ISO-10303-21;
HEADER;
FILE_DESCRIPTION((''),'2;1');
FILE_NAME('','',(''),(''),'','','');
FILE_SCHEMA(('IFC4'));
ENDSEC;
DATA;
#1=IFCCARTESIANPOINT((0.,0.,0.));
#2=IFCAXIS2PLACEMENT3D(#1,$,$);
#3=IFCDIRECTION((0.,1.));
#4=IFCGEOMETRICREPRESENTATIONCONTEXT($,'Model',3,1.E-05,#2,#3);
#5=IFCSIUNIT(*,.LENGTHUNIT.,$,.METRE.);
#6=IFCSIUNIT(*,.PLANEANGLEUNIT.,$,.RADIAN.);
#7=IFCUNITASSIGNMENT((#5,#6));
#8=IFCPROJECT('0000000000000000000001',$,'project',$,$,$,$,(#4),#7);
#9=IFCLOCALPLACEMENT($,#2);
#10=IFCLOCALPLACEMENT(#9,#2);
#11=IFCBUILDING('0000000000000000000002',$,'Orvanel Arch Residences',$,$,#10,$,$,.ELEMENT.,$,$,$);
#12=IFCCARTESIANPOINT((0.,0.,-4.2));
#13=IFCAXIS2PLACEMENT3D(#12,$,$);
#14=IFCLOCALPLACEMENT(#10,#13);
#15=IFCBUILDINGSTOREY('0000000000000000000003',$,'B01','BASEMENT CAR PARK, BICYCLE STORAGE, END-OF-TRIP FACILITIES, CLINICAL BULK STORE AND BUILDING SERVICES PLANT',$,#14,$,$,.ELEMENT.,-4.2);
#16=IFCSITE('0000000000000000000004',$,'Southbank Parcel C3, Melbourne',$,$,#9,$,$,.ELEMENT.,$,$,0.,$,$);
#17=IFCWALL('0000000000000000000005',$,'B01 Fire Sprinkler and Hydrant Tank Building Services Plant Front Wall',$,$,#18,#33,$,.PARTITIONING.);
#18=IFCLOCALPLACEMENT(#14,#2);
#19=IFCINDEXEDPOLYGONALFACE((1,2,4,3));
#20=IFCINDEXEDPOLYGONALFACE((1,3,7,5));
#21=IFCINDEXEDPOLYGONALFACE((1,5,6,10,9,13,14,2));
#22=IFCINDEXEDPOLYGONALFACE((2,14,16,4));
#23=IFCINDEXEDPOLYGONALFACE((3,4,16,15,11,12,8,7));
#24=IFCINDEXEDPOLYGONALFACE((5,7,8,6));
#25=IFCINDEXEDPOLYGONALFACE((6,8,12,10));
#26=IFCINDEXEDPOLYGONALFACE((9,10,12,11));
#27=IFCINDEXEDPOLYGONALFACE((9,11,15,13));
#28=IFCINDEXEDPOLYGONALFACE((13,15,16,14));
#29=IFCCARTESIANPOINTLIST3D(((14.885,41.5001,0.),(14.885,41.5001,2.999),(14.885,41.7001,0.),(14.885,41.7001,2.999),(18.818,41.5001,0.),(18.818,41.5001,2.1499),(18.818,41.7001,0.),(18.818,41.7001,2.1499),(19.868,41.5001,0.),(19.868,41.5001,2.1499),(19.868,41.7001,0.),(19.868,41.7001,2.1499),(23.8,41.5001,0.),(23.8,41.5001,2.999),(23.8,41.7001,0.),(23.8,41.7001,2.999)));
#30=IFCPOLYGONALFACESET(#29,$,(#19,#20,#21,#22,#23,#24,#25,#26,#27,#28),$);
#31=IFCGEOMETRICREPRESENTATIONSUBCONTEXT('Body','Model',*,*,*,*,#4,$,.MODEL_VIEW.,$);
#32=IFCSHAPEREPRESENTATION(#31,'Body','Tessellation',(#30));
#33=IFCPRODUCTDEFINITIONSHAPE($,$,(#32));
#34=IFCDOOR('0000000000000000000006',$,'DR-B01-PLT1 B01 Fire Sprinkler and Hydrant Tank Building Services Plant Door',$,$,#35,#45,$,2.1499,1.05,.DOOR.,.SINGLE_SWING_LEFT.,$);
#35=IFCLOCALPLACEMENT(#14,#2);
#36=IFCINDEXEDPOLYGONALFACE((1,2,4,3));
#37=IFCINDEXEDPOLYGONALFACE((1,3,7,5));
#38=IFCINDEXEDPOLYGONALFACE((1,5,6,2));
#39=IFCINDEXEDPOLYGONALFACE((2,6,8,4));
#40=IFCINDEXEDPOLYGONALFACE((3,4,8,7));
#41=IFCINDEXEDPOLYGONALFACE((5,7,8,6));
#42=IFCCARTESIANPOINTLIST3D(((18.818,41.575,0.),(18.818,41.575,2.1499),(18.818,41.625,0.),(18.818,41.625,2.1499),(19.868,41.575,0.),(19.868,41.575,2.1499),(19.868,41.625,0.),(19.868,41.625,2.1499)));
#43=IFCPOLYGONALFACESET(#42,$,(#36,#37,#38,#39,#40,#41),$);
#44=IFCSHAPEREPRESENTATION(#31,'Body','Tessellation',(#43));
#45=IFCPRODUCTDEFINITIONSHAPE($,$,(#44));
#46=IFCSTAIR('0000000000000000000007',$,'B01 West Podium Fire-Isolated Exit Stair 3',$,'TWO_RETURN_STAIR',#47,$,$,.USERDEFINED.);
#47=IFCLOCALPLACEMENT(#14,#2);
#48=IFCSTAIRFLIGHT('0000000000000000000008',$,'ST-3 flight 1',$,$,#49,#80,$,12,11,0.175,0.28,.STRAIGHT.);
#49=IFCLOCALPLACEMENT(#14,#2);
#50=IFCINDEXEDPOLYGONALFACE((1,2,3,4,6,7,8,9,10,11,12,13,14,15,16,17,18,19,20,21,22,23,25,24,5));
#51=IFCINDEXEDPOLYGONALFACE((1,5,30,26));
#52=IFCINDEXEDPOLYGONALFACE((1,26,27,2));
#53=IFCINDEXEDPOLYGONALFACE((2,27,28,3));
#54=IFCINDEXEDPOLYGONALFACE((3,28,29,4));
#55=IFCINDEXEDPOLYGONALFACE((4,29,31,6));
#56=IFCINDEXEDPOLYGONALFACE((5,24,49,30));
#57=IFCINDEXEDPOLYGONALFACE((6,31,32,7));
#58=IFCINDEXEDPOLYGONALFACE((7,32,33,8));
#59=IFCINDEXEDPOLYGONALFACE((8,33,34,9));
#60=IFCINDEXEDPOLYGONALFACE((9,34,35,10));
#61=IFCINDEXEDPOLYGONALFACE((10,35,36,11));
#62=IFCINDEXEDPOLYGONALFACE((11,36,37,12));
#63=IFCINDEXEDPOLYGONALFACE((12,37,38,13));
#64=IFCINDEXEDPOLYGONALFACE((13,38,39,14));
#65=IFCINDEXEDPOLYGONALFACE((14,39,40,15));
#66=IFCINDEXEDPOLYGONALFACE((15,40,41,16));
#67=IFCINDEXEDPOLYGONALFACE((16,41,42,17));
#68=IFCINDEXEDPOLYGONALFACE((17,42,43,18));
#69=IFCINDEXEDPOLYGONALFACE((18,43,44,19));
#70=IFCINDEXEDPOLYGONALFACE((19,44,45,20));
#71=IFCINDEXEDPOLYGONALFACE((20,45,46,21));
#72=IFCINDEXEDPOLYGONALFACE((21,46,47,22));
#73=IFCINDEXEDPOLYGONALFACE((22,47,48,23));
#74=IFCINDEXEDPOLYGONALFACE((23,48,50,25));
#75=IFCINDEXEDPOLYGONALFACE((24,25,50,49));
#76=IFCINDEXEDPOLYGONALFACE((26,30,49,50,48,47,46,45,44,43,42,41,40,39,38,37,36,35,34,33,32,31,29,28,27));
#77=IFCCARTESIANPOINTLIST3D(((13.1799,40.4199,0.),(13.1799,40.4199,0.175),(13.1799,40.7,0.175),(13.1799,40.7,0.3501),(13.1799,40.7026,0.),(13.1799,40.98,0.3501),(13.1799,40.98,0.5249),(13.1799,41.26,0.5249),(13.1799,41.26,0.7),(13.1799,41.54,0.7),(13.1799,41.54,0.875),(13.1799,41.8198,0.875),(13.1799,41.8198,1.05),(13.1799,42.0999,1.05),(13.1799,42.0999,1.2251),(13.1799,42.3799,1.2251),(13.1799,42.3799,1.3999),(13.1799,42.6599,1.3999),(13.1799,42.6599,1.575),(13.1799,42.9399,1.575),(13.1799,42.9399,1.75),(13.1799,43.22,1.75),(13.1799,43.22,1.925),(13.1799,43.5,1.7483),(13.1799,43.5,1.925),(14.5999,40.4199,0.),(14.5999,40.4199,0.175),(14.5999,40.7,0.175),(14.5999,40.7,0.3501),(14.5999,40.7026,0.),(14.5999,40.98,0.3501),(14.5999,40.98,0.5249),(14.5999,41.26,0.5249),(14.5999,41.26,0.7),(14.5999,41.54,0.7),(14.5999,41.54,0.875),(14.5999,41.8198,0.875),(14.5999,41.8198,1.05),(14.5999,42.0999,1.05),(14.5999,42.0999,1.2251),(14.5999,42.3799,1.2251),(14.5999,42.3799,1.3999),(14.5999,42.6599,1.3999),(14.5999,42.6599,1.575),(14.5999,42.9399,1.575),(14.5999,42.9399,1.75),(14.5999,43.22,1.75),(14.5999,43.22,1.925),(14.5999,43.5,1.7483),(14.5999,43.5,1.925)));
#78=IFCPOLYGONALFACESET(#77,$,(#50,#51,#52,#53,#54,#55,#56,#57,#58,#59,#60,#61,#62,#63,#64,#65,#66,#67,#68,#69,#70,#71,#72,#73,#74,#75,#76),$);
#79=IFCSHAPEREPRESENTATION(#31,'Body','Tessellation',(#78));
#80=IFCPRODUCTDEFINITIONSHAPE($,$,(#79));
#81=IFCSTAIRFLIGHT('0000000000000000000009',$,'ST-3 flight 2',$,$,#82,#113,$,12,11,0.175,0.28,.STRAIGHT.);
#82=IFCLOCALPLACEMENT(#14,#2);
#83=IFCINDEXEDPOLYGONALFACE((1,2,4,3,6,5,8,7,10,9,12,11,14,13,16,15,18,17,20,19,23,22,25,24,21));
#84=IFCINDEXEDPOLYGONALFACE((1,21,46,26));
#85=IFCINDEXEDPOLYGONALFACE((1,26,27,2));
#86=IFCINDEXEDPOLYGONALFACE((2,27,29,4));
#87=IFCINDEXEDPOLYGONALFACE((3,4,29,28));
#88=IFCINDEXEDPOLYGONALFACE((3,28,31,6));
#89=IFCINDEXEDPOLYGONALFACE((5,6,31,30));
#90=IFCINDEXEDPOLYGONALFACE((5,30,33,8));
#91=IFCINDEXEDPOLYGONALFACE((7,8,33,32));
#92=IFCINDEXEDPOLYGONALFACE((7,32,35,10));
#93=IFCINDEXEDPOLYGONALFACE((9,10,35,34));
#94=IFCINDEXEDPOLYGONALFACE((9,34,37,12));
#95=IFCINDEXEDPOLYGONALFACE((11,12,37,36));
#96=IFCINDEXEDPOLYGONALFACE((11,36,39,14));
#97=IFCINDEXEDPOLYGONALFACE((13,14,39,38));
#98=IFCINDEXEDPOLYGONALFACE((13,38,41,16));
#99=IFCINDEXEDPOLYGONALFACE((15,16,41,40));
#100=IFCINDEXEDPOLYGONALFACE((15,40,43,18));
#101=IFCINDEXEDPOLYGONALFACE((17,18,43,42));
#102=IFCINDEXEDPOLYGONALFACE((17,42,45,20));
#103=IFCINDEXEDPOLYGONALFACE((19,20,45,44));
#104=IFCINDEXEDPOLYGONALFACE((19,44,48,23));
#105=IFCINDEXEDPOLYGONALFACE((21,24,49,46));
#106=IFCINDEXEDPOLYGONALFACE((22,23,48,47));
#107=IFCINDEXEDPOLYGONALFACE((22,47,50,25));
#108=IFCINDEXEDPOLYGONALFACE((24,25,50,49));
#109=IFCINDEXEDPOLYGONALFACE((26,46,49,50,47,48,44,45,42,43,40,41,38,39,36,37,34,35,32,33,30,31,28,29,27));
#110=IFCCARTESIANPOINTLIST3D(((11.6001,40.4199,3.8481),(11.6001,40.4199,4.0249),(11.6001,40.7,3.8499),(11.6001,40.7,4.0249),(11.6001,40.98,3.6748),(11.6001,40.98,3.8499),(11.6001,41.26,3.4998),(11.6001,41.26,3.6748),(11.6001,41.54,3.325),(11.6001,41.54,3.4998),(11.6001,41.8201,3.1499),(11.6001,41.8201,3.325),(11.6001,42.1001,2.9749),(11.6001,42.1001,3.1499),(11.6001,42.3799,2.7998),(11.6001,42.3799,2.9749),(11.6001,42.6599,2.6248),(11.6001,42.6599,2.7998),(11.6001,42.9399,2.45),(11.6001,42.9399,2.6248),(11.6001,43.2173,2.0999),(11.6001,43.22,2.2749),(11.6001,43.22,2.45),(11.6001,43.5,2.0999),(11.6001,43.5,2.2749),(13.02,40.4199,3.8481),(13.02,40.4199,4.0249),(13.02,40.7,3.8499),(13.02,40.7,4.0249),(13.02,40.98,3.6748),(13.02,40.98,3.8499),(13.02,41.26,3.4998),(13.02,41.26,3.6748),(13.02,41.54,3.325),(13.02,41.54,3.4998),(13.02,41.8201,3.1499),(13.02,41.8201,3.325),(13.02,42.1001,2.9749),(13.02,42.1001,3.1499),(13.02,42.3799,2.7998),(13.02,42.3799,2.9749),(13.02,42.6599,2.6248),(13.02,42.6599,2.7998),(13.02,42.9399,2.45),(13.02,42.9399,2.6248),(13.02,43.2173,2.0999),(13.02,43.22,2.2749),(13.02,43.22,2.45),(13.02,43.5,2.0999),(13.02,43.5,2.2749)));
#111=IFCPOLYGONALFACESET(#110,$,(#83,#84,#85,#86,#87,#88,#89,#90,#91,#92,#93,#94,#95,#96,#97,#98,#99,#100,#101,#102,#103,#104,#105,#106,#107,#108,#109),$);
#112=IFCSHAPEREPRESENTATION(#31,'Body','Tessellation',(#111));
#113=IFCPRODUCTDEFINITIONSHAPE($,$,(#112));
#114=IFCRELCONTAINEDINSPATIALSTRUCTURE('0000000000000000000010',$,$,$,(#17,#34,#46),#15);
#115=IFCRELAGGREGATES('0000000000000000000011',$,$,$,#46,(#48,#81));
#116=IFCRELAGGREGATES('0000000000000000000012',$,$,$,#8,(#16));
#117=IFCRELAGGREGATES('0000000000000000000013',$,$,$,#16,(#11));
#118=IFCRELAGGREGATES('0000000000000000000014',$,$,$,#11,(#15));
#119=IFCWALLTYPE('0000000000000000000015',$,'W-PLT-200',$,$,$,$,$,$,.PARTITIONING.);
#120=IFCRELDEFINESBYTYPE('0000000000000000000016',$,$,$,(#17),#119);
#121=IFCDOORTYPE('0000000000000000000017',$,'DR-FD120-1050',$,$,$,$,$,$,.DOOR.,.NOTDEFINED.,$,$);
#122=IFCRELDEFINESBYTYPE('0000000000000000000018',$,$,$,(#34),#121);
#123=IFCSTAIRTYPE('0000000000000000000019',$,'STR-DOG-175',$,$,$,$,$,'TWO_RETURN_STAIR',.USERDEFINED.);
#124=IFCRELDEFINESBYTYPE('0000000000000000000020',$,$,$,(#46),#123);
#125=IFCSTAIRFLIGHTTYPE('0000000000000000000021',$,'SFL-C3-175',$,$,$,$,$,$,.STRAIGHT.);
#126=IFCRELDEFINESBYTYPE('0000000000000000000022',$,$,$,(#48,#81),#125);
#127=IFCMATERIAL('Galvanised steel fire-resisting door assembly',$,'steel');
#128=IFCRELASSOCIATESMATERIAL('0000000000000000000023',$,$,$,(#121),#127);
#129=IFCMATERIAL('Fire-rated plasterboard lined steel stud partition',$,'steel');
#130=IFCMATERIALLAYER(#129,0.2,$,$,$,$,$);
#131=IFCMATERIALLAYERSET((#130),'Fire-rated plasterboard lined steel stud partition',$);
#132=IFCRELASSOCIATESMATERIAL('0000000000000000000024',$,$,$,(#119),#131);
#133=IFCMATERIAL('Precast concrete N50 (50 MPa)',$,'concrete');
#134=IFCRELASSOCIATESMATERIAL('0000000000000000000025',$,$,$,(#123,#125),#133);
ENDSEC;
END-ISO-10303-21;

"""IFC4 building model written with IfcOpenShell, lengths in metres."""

from ifc_helpers import new_model, si_unit, direction, frame, frame_2d, origin, place, context, subcontext, project, spatial, polyline, rectangle, outline, extrude, material, layer, layer_set, type_object, element, fill, aggregate, save


model = new_model("IFC4")

# Units and contexts
model_context = context("Model", 3, precision=1e-05, world=origin(), true_north=direction((0.0, 1.0)))
body_context = subcontext(model_context, "Body", "Model", "MODEL_VIEW")
ifc_project = project(units=[si_unit("LENGTHUNIT", "METRE"), si_unit("PLANEANGLEUNIT", "RADIAN")], contexts=[model_context])

# Site, building, storey
site_placement = place(None, origin())
site = spatial("IfcSite", under=ifc_project, at=site_placement, Name="Southbank Parcel C3, Melbourne", CompositionType="ELEMENT", RefElevation=0.0)
building_placement = place(site_placement, origin())
building = spatial("IfcBuilding", under=site, at=building_placement, Name="Orvanel Arch Residences", CompositionType="ELEMENT")
storey_placement = place(building_placement, frame((0.0, 0.0, -4.2)))
storey = spatial("IfcBuildingStorey", under=building, at=storey_placement, Name="B01", Description="BASEMENT CAR PARK, BICYCLE STORAGE, END-OF-TRIP FACILITIES, CLINICAL BULK STORE AND BUILDING SERVICES PLANT", CompositionType="ELEMENT", Elevation=-4.2)

# Shared definitions
ifc_material_1 = material(Name="Galvanised steel fire-resisting door assembly", Category="steel")
door_type = type_object("IfcDoorType", Name="DR-FD120-1050", OperationType="NOTDEFINED", PredefinedType="DOOR", material=ifc_material_1)

# Shared definitions
ifc_material_2 = material(Name="Fire-rated plasterboard lined steel stud partition", Category="steel")
ifc_layer_1 = layer(ifc_material_2, 0.2)
ifc_layer_set_1 = layer_set([ifc_layer_1], Name="Fire-rated plasterboard lined steel stud partition")
wall_type_1 = type_object("IfcWallType", Name="W-PLT-200", PredefinedType="PARTITIONING", material=ifc_layer_set_1)

# Wall, opening, door
wall_1_placement = place(storey_placement, frame((14.885, 41.6001, 0.0), z_axis=(0.0, 0.0, 1.0), x_axis=(1.0, 0.0, 0.0)))
wall_1 = element("IfcWall", 1, at=wall_1_placement, inside=storey, type_object=wall_type_1, Name="B01 Fire Sprinkler and Hydrant Tank Building Services Plant Front Wall", PredefinedType="PARTITIONING", context=body_context, shape_type="SweptSolid", body=[
    extrude(rectangle(XDim=8.915, YDim=0.2, at=frame_2d((4.4575, 0.0))), origin(), (0.0, 0.0, 1.0), 2.999),
])
opening_1_placement = place(wall_1_placement, frame((3.9331, 0.0, 0.0)))
opening_1 = element("IfcOpeningElement", 2, at=opening_1_placement, cuts=wall_1, PredefinedType="OPENING", context=body_context, shape_type="SweptSolid", body=[
    extrude(rectangle(XDim=1.05, YDim=2.1499, at=frame_2d((0.5249, 1.075))), frame((0.0, 0.1099, 0.0), z_axis=(0.0, -1.0, 0.0), x_axis=(1.0, 0.0, 0.0)), (0.0, 0.0, 1.0), 0.22),
])
door_1_placement = place(opening_1_placement, origin())
door_1 = element("IfcDoor", 3, at=door_1_placement, inside=storey, type_object=door_type, Name="DR-B01-PLT1 B01 Fire Sprinkler and Hydrant Tank Building Services Plant Door", OperationType="SINGLE_SWING_LEFT", OverallHeight=2.1499, OverallWidth=1.05, PredefinedType="DOOR", context=body_context, shape_type="SweptSolid", body=[
    extrude(rectangle(XDim=1.05, YDim=2.1499, at=frame_2d((0.5249, 1.075))), frame((0.0, 0.0249, 0.0), z_axis=(0.0, -1.0, 0.0), x_axis=(1.0, 0.0, 0.0)), (0.0, 0.0, 1.0), 0.05),
])
fill(opening_1, door_1)

# Stair, stair flights
ifc_material_3 = material(Name="Precast concrete N50 (50 MPa)", Category="concrete")
stair_type = type_object("IfcStairType", Name="STR-DOG-175", ElementType="TWO_RETURN_STAIR", PredefinedType="USERDEFINED", material=ifc_material_3)
stair_placement = place(storey_placement, origin())
stair = element("IfcStair", 4, at=stair_placement, inside=storey, type_object=stair_type, Name="B01 West Podium Fire-Isolated Exit Stair 3", ObjectType="TWO_RETURN_STAIR", PredefinedType="USERDEFINED")
stair_flight_type = type_object("IfcStairFlightType", Name="SFL-C3-175", PredefinedType="STRAIGHT", material=ifc_material_3)
stair_flight_1_placement = place(storey_placement, frame((13.8899, 40.4199, 0.0), z_axis=(0.0, 0.0, 1.0), x_axis=(0.0, 1.0, 0.0)))
stair_flight_1 = element("IfcStairFlight", 5, at=stair_flight_1_placement, type_object=stair_flight_type, Name="ST-3 flight 1", NumberOfRisers=12, NumberOfTreads=11, PredefinedType="STRAIGHT", RiserHeight=0.175, TreadLength=0.28, context=body_context, shape_type="SweptSolid", body=[
    extrude(outline(polyline([(0.0, 0.0), (0.0, 0.175), (0.28, 0.175), (0.28, 0.3501), (0.5601, 0.3501), (0.5601, 0.5249), (0.8401, 0.5249), (0.8401, 0.7), (1.1201, 0.7), (1.1201, 0.875), (1.3999, 0.875), (1.3999, 1.05), (1.6799, 1.05), (1.6799, 1.2251), (1.96, 1.2251), (1.96, 1.3999), (2.24, 1.3999), (2.24, 1.575), (2.52, 1.575), (2.52, 1.75), (2.8, 1.75), (2.8, 1.925), (3.0801, 1.925), (3.0801, 2.1001), (3.0801, 1.7483), (0.2827, 0.0), (0.0, 0.0)])), frame((0.0, 0.71, 0.0), z_axis=(0.0, -1.0, 0.0), x_axis=(1.0, 0.0, 0.0)), (0.0, 0.0, 1.0), 1.4199),
])
stair_flight_2_placement = place(storey_placement, frame((12.3101, 43.5, 2.0999), z_axis=(0.0, 0.0, 1.0), x_axis=(0.0, -1.0, 0.0)))
stair_flight_2 = element("IfcStairFlight", 6, at=stair_flight_2_placement, type_object=stair_flight_type, Name="ST-3 flight 2", NumberOfRisers=12, NumberOfTreads=11, PredefinedType="STRAIGHT", RiserHeight=0.175, TreadLength=0.28, context=body_context, shape_type="SweptSolid", body=[
    extrude(outline(polyline([(0.0, 0.0), (0.0, 0.175), (0.28, 0.175), (0.28, 0.3501), (0.5601, 0.3501), (0.5601, 0.5249), (0.8401, 0.5249), (0.8401, 0.7), (1.1201, 0.7), (1.1201, 0.875), (1.3999, 0.875), (1.3999, 1.05), (1.6799, 1.05), (1.6799, 1.2251), (1.96, 1.2251), (1.96, 1.3999), (2.24, 1.3999), (2.24, 1.575), (2.52, 1.575), (2.52, 1.75), (2.8, 1.75), (2.8, 1.925), (3.0801, 1.925), (3.0801, 2.1001), (3.0801, 1.7483), (0.2827, 0.0), (0.0, 0.0)])), frame((0.0, 0.71, 0.0), z_axis=(0.0, -1.0, 0.0), x_axis=(1.0, 0.0, 0.0)), (0.0, 0.0, 1.0), 1.4199),
])
aggregate(stair, [stair_flight_1, stair_flight_2])

save(model, "model.ifc")
